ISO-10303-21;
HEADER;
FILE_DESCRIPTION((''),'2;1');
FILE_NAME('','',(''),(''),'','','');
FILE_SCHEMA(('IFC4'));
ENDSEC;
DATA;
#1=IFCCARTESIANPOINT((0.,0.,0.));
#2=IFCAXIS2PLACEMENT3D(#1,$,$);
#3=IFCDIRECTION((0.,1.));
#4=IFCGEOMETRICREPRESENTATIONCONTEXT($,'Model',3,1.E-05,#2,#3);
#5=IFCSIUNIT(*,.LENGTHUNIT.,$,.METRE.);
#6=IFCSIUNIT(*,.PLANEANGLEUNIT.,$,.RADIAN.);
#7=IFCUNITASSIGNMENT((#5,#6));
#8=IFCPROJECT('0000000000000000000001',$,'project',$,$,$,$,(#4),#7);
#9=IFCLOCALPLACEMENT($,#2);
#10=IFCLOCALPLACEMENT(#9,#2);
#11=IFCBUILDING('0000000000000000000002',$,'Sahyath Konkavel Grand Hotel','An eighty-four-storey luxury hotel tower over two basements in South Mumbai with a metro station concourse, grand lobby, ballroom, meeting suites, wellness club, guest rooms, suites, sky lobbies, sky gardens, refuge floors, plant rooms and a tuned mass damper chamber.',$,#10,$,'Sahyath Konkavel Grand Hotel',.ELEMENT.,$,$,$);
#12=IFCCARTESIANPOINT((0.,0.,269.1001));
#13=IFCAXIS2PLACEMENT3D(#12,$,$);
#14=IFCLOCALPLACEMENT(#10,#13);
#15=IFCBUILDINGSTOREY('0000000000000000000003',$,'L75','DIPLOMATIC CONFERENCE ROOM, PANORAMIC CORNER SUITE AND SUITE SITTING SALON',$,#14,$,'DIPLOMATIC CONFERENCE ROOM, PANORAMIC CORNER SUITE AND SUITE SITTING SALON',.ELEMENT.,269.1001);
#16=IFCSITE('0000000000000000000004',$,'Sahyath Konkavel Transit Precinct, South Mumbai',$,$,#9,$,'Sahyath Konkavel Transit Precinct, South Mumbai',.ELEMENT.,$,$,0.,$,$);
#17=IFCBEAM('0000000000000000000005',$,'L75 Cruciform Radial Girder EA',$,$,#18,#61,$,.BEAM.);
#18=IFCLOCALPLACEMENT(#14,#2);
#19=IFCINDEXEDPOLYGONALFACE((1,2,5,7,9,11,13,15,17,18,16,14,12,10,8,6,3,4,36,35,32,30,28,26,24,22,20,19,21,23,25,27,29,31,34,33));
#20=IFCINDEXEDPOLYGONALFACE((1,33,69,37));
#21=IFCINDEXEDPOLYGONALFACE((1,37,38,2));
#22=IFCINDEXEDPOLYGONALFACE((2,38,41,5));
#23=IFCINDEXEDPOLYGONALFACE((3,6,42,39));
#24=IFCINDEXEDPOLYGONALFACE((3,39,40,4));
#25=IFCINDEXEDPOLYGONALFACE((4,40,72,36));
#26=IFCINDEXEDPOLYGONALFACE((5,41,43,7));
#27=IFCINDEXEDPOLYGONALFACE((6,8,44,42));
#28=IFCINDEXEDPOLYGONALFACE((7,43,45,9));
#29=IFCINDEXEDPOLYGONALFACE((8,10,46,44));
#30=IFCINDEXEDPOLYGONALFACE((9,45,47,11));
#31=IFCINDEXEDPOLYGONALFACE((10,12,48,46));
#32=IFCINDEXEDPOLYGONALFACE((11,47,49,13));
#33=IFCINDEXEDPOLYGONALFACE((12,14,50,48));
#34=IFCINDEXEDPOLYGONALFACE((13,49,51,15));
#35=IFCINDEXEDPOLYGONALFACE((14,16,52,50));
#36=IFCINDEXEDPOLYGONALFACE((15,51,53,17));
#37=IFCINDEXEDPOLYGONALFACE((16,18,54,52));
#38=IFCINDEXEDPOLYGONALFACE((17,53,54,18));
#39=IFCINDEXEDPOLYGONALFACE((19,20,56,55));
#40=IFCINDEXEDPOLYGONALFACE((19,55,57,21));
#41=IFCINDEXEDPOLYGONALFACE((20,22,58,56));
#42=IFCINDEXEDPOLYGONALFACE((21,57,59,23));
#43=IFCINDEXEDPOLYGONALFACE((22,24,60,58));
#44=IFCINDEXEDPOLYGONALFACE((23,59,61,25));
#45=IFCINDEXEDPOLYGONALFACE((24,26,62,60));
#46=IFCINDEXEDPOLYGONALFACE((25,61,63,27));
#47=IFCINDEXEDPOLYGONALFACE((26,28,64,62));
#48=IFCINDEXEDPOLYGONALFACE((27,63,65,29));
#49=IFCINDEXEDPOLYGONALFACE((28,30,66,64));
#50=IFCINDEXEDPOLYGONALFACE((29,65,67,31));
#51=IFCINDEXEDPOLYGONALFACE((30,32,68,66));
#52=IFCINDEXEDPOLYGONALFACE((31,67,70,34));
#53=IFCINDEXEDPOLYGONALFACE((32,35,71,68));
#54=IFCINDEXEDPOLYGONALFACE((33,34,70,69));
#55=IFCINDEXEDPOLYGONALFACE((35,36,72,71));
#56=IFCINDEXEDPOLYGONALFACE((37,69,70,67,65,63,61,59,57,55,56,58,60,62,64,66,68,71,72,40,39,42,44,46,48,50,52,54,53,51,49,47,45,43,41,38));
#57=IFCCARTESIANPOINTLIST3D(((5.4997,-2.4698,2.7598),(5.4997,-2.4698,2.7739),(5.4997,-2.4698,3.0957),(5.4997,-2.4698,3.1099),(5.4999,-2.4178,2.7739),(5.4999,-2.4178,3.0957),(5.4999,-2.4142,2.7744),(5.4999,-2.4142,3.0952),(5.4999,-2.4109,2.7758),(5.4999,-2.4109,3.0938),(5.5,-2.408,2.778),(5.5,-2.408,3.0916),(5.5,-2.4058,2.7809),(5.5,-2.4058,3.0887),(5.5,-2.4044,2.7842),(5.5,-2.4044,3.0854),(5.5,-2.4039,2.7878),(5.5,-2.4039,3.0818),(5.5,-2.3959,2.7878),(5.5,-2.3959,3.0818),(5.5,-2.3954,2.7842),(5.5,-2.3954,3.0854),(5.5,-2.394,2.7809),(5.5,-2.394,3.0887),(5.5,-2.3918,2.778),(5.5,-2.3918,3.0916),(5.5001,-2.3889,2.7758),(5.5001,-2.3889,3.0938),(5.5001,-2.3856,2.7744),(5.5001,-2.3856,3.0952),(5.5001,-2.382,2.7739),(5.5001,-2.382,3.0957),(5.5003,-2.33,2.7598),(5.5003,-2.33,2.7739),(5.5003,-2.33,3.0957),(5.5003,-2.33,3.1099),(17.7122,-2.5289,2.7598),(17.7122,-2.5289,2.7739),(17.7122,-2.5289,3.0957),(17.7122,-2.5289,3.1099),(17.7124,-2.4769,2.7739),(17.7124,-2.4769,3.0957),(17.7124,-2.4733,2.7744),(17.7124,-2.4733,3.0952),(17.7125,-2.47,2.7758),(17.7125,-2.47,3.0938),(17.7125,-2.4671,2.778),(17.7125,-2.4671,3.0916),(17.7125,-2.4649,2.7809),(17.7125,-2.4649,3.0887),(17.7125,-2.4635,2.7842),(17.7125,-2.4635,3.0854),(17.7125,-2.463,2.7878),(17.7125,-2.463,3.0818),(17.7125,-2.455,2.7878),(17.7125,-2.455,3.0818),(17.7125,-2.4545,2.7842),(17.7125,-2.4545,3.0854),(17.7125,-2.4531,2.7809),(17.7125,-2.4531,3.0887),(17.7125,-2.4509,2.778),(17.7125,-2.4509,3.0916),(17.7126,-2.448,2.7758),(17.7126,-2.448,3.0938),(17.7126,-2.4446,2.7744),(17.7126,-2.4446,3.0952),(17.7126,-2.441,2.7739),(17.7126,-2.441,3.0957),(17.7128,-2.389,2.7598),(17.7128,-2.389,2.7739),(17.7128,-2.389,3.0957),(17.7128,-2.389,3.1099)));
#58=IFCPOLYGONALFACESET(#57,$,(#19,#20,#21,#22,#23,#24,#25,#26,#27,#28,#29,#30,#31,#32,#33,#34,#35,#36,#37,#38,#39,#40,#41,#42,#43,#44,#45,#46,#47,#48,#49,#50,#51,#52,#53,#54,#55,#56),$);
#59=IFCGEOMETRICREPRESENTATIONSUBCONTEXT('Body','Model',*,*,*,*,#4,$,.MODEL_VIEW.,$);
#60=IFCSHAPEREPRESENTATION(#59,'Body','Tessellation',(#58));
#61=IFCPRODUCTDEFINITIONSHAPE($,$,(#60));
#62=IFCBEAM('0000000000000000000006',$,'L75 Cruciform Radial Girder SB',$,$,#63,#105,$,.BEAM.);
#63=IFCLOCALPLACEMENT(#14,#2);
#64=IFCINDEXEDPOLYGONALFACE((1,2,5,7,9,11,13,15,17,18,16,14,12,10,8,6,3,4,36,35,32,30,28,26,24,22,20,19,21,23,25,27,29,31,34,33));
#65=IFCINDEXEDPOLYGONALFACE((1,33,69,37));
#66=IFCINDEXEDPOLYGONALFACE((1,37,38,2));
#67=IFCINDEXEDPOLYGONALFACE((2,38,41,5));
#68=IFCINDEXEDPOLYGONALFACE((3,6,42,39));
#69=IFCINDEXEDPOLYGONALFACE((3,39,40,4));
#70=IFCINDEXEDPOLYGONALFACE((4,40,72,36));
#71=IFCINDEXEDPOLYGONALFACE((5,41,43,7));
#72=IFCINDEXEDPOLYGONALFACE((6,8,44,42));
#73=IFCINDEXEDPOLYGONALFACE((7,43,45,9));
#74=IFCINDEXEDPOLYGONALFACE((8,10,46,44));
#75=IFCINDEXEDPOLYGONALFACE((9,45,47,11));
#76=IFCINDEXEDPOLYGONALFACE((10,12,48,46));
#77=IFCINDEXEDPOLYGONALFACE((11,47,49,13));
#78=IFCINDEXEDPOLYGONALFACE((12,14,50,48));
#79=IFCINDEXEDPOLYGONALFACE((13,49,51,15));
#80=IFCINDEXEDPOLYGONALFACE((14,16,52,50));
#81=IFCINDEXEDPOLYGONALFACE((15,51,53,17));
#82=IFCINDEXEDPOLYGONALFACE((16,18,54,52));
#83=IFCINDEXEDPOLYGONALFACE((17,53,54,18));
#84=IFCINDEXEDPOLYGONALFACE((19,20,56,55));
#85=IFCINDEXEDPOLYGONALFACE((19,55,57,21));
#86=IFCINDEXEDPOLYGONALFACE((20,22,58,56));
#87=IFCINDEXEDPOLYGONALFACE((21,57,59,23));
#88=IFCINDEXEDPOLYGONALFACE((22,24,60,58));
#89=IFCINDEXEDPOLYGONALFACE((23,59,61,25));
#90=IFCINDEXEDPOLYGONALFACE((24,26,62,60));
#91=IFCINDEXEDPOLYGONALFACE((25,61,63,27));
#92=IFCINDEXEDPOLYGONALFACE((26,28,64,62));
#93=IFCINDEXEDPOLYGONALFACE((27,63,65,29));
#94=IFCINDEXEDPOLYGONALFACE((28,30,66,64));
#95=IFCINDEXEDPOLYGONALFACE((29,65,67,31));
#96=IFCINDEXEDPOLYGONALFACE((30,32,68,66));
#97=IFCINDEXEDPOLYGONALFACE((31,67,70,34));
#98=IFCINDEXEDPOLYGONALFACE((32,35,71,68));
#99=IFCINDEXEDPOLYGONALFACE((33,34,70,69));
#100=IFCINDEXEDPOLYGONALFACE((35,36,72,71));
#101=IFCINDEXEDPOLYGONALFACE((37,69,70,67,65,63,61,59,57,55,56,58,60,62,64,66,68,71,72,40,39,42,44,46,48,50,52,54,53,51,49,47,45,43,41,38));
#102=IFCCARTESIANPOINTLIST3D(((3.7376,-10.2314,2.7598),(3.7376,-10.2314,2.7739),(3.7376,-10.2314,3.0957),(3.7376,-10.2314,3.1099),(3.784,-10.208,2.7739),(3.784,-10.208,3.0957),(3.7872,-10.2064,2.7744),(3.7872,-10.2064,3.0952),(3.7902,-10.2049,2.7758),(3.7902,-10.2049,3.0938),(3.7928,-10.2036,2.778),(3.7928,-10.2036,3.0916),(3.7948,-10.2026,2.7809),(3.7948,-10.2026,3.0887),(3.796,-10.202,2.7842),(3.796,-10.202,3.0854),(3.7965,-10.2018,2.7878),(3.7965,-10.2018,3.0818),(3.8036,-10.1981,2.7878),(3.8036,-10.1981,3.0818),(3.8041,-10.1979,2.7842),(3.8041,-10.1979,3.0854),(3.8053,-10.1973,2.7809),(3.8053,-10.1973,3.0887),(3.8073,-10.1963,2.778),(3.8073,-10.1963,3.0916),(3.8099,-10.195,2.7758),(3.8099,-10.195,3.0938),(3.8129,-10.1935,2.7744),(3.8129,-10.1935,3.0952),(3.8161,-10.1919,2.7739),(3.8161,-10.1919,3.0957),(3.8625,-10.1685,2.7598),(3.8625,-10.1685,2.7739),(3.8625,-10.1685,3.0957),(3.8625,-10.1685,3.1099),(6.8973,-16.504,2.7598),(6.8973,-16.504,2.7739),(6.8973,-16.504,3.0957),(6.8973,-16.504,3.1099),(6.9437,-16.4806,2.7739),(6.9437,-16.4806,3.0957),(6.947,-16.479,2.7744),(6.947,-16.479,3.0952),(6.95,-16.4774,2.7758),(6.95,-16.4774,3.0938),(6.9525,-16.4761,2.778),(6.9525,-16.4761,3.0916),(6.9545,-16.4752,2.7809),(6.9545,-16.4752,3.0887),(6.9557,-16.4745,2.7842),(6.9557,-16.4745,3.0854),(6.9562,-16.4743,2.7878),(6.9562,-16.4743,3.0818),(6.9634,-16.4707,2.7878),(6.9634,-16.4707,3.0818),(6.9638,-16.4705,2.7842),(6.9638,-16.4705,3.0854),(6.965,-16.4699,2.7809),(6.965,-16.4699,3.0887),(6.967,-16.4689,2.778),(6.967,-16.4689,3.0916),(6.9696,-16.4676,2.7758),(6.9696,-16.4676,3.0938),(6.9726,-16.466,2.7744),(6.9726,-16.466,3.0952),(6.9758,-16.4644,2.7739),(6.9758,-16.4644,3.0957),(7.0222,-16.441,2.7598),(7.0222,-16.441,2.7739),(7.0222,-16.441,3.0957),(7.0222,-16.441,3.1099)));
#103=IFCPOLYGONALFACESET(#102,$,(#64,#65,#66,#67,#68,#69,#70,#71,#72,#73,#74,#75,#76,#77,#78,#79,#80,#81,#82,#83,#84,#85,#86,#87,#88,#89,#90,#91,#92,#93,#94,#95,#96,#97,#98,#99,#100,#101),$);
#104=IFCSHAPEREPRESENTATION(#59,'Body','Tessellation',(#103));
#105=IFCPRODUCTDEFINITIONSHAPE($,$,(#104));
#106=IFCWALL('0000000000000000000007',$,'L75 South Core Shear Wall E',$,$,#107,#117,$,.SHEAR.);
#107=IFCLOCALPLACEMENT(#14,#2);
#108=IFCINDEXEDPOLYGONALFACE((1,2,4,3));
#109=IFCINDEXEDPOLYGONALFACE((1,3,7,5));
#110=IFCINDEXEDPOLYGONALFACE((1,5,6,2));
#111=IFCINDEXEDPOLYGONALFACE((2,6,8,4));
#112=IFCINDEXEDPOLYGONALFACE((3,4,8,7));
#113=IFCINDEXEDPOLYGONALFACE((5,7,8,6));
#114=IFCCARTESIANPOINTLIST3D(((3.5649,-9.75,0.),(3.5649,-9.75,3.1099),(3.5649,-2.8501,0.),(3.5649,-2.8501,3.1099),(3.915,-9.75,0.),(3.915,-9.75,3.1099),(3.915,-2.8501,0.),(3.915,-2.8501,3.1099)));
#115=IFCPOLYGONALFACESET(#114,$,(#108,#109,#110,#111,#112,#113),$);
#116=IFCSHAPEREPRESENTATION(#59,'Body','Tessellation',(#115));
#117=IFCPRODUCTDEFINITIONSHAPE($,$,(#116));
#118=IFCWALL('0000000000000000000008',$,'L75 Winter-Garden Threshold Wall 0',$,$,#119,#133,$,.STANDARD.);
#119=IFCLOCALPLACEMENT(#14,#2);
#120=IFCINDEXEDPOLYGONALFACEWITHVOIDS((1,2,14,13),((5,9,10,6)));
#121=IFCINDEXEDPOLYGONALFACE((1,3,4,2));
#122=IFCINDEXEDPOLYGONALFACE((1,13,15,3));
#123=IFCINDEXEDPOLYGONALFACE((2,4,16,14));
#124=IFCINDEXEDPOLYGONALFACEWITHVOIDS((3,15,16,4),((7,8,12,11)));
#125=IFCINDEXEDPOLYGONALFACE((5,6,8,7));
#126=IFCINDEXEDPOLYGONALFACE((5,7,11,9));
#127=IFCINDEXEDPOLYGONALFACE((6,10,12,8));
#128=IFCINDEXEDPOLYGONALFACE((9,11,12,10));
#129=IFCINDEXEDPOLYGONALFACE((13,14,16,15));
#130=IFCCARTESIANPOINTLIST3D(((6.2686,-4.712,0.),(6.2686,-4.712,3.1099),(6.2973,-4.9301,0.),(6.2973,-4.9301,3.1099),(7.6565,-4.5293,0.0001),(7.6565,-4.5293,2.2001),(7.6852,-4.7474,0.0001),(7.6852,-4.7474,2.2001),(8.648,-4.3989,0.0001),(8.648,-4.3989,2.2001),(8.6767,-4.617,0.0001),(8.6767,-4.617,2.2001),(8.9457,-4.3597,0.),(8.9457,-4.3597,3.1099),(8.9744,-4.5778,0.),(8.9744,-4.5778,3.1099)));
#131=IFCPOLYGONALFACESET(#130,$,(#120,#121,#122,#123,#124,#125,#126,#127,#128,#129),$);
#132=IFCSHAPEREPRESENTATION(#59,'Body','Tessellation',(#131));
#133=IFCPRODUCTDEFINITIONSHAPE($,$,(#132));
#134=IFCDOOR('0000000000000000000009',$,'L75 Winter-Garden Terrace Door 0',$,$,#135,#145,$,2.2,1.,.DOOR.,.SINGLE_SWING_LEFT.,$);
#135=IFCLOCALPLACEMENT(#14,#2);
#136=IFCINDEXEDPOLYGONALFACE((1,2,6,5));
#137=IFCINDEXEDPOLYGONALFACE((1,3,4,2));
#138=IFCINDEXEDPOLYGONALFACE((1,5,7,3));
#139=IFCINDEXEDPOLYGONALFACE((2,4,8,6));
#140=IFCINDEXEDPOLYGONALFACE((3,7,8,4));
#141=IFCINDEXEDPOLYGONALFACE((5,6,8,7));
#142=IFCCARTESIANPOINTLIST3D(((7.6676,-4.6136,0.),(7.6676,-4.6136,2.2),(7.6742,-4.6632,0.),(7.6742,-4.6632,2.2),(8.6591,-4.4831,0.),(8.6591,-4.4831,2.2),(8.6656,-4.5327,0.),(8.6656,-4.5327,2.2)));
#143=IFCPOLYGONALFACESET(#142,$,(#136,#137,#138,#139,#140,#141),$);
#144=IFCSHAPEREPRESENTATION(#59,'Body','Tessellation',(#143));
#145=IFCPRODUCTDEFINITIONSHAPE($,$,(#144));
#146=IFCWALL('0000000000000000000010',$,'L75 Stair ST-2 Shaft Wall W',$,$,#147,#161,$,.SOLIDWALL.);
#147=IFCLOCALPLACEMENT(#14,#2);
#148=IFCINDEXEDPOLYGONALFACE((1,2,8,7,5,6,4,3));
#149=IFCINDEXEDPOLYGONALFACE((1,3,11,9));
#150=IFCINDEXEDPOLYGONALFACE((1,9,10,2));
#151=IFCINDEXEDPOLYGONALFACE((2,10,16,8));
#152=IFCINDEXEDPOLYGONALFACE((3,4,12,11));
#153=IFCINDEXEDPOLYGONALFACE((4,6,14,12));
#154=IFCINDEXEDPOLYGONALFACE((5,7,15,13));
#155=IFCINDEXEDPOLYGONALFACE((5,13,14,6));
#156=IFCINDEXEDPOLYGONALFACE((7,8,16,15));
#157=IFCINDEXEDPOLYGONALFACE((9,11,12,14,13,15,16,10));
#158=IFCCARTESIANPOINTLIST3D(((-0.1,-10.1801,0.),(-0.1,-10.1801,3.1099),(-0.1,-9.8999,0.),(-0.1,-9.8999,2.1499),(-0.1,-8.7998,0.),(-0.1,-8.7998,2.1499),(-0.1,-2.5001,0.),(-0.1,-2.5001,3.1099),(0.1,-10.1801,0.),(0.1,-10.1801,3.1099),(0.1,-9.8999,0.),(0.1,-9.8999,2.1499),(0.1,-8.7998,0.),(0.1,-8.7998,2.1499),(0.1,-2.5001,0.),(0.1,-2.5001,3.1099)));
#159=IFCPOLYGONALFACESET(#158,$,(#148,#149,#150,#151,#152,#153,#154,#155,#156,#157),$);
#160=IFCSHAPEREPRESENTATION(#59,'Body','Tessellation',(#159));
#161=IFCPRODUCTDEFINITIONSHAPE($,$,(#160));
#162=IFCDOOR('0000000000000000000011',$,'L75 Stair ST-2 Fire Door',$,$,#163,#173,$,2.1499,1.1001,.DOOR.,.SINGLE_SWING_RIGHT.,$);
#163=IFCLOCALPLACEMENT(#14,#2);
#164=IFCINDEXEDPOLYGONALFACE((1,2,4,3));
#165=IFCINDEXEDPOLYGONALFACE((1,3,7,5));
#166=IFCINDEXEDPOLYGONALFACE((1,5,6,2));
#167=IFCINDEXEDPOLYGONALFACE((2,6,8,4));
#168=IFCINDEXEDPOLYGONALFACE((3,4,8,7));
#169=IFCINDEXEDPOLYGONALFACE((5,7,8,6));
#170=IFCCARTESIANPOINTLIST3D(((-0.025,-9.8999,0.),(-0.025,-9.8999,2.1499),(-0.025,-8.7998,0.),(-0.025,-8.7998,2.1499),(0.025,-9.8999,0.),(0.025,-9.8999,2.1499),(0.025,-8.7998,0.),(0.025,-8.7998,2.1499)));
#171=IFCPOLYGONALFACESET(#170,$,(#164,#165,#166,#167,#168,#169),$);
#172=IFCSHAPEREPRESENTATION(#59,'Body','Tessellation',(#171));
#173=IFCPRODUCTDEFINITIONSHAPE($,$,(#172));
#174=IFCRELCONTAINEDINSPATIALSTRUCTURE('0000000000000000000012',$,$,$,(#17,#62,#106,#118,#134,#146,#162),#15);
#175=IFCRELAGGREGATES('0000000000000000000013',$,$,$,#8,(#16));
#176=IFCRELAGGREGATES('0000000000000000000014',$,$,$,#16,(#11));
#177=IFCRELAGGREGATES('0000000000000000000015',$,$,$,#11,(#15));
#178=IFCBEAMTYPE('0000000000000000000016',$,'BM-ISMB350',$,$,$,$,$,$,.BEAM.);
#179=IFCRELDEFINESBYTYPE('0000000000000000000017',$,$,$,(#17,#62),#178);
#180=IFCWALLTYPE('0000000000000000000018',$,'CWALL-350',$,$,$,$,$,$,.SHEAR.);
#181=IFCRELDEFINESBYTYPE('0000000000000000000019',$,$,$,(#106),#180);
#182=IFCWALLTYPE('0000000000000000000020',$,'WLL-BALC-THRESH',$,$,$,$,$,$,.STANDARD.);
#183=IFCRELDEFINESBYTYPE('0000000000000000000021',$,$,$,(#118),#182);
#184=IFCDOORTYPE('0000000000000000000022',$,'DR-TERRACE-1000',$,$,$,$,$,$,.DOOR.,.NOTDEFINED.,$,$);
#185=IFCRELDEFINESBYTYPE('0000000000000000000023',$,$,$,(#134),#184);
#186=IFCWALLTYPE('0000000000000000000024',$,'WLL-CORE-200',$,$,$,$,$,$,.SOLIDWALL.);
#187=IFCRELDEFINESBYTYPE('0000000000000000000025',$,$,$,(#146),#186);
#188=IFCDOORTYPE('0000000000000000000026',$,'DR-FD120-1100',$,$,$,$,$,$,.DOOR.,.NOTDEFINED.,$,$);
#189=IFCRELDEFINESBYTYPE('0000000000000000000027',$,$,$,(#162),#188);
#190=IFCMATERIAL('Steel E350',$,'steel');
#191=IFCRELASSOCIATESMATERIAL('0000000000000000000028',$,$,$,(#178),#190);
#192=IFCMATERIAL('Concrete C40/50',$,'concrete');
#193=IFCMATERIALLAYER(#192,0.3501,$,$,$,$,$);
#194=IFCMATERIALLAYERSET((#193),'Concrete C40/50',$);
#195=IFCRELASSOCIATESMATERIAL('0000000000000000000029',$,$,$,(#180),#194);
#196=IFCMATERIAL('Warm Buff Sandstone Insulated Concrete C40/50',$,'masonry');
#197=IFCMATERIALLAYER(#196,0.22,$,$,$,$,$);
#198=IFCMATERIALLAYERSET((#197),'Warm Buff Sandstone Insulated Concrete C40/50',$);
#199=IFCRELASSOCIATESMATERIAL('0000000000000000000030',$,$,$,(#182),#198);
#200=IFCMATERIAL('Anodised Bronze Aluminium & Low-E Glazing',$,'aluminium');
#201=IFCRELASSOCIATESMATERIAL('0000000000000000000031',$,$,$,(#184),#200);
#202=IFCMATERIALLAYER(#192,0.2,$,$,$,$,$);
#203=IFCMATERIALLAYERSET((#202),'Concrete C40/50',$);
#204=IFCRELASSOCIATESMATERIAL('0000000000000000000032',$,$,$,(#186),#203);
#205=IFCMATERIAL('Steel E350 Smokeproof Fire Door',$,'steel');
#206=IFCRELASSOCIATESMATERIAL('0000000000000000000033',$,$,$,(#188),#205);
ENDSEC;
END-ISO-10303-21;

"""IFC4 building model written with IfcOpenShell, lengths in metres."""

from ifc_helpers import new_model, si_unit, direction, frame, frame_2d, origin, origin_2d, place, context, subcontext, project, spatial, rectangle, i_section, extrude, source, transform, mapped, material, layer, layer_set, material_profile, profile_set, type_object, element, fill, save


model = new_model("IFC4")

# Units and contexts
model_context = context("Model", 3, precision=1e-05, world=origin(), true_north=direction((0.0, 1.0)))
body_context = subcontext(model_context, "Body", "Model", "MODEL_VIEW")
ifc_project = project(units=[si_unit("LENGTHUNIT", "METRE"), si_unit("PLANEANGLEUNIT", "RADIAN")], contexts=[model_context])

# Site, building, storey
site_placement = place(None, origin())
site = spatial("IfcSite", under=ifc_project, at=site_placement, Name="Sahyath Konkavel Transit Precinct, South Mumbai", LongName="Sahyath Konkavel Transit Precinct, South Mumbai", CompositionType="ELEMENT", RefElevation=0.0)
building_placement = place(site_placement, origin())
building = spatial("IfcBuilding", under=site, at=building_placement, Name="Sahyath Konkavel Grand Hotel", Description="An eighty-four-storey luxury hotel tower over two basements in South Mumbai with a metro station concourse, grand lobby, ballroom, meeting suites, wellness club, guest rooms, suites, sky lobbies, sky gardens, refuge floors, plant rooms and a tuned mass damper chamber.", LongName="Sahyath Konkavel Grand Hotel", CompositionType="ELEMENT")
storey_placement = place(building_placement, frame((0.0, 0.0, 269.1001)))
storey = spatial("IfcBuildingStorey", under=building, at=storey_placement, Name="L75", Description="DIPLOMATIC CONFERENCE ROOM, PANORAMIC CORNER SUITE AND SUITE SITTING SALON", LongName="DIPLOMATIC CONFERENCE ROOM, PANORAMIC CORNER SUITE AND SUITE SITTING SALON", CompositionType="ELEMENT", Elevation=269.1001)

# Shared definitions
ifc_material_1 = material(Name="Concrete C40/50", Category="concrete")

# Beams
ifc_material_2 = material(Name="Steel E350", Category="steel")
ifc_material_profile_1 = material_profile(ifc_material_2, i_section(OverallWidth=0.1399, OverallDepth=0.3501, WebThickness=0.0081, FlangeThickness=0.0142, FilletRadius=0.0139, at=origin_2d()), Name="ISMB 350")
ifc_profile_set_1 = profile_set([ifc_material_profile_1], Name="Steel E350")
beam_type_1 = type_object("IfcBeamType", Name="BM-ISMB350", PredefinedType="BEAM", material=ifc_profile_set_1)
shared_shape_1 = source(origin(), body_context, "Body", "SweptSolid", [
    extrude(i_section(OverallWidth=0.1399, OverallDepth=0.3501, WebThickness=0.0081, FlangeThickness=0.0142, FilletRadius=0.0139, at=origin_2d()), origin(), (0.0, 0.0, 1.0), 12.2126),
])
beam_1_placement = place(storey_placement, frame((5.5, -2.3999, 2.9348), z_axis=(0.999988, -0.004838, 0.0), x_axis=(0.004838, 0.999988, 0.0)))
element("IfcBeam", 1, at=beam_1_placement, inside=storey, type_object=beam_type_1, Name="L75 Cruciform Radial Girder EA", PredefinedType="BEAM", context=body_context, shape_type="MappedRepresentation", body=[
    mapped(shared_shape_1, transform((0.0, 0.0, 0.0), scale=1.0)),
])
shared_shape_2 = source(origin(), body_context, "Body", "SweptSolid", [
    extrude(i_section(OverallWidth=0.1399, OverallDepth=0.3501, WebThickness=0.0081, FlangeThickness=0.0142, FilletRadius=0.0139, at=origin_2d()), origin(), (0.0, 0.0, 1.0), 7.0234),
])
beam_2_placement = place(storey_placement, frame((3.8, -10.2, 2.9348), z_axis=(0.449881, -0.893088, 0.0), x_axis=(0.893088, 0.449881, 0.0)))
element("IfcBeam", 2, at=beam_2_placement, inside=storey, type_object=beam_type_1, Name="L75 Cruciform Radial Girder SB", PredefinedType="BEAM", context=body_context, shape_type="MappedRepresentation", body=[
    mapped(shared_shape_2, transform((0.0, 0.0, 0.0), scale=1.0)),
])

# Wall
ifc_layer_1 = layer(ifc_material_1, 0.3501)
ifc_layer_set_1 = layer_set([ifc_layer_1], Name="Concrete C40/50")
wall_type_1 = type_object("IfcWallType", Name="CWALL-350", PredefinedType="SHEAR", material=ifc_layer_set_1)
wall_1_placement = place(storey_placement, frame((3.74, -9.75, 0.0), z_axis=(0.0, 0.0, 1.0), x_axis=(0.0, 1.0, 0.0)))
element("IfcWall", 3, at=wall_1_placement, inside=storey, type_object=wall_type_1, Name="L75 South Core Shear Wall E", PredefinedType="SHEAR", context=body_context, shape_type="SweptSolid", body=[
    extrude(rectangle(XDim=6.8999, YDim=0.3501, at=frame_2d((3.45, 0.0))), origin(), (0.0, 0.0, 1.0), 3.1099),
])

# Walls, openings, doors
ifc_material_3 = material(Name="Warm Buff Sandstone Insulated Concrete C40/50", Category="masonry")
ifc_layer_2 = layer(ifc_material_3, 0.22)
ifc_layer_set_2 = layer_set([ifc_layer_2], Name="Warm Buff Sandstone Insulated Concrete C40/50")
wall_type_2 = type_object("IfcWallType", Name="WLL-BALC-THRESH", PredefinedType="STANDARD", material=ifc_layer_set_2)
wall_2_placement = place(storey_placement, frame((6.283, -4.821, 0.0), z_axis=(0.0, 0.0, 1.0), x_axis=(0.991452, 0.130476, 0.0)))
wall_2 = element("IfcWall", 4, at=wall_2_placement, inside=storey, type_object=wall_type_2, Name="L75 Winter-Garden Threshold Wall 0", PredefinedType="STANDARD", context=body_context, shape_type="SweptSolid", body=[
    extrude(rectangle(XDim=2.7002, YDim=0.22, at=frame_2d((1.3501, 0.0))), origin(), (0.0, 0.0, 1.0), 3.1099),
])
opening_1_placement = place(wall_2_placement, frame((1.3999, 0.0, 0.0)))
opening_1 = element("IfcOpeningElement", 5, at=opening_1_placement, cuts=wall_2, PredefinedType="OPENING", context=body_context, shape_type="SweptSolid", body=[
    extrude(rectangle(XDim=1.0, YDim=2.2, at=frame_2d((0.5, 1.1001))), frame((0.0, 0.1201, 0.0), z_axis=(0.0, -1.0, 0.0), x_axis=(1.0, 0.0, 0.0)), (0.0, 0.0, 1.0), 0.24),
])
ifc_material_4 = material(Name="Anodised Bronze Aluminium & Low-E Glazing", Category="aluminium")
door_type_1 = type_object("IfcDoorType", Name="DR-TERRACE-1000", OperationType="NOTDEFINED", PredefinedType="DOOR", material=ifc_material_4)
shared_shape_3 = source(origin(), body_context, "Body", "SweptSolid", [
    extrude(rectangle(XDim=1.0, YDim=0.05, at=origin_2d()), origin(), (0.0, 0.0, 1.0), 2.2),
])
door_1_placement = place(opening_1_placement, frame((0.5, 0.0, 0.0)))
door_1 = element("IfcDoor", 6, at=door_1_placement, inside=storey, type_object=door_type_1, Name="L75 Winter-Garden Terrace Door 0", OperationType="SINGLE_SWING_LEFT", OverallHeight=2.2, OverallWidth=1.0, PredefinedType="DOOR", context=body_context, shape_type="MappedRepresentation", body=[
    mapped(shared_shape_3, transform((0.0, 0.0, 0.0), scale=1.0)),
])
fill(opening_1, door_1)
ifc_layer_3 = layer(ifc_material_1, 0.2)
ifc_layer_set_3 = layer_set([ifc_layer_3], Name="Concrete C40/50")
wall_type_3 = type_object("IfcWallType", Name="WLL-CORE-200", PredefinedType="SOLIDWALL", material=ifc_layer_set_3)
wall_3_placement = place(storey_placement, frame((0.0, -10.1799, 0.0), z_axis=(0.0, 0.0, 1.0), x_axis=(0.0, 1.0, 0.0)))
wall_3 = element("IfcWall", 7, at=wall_3_placement, inside=storey, type_object=wall_type_3, Name="L75 Stair ST-2 Shaft Wall W", PredefinedType="SOLIDWALL", context=body_context, shape_type="SweptSolid", body=[
    extrude(rectangle(XDim=7.6799, YDim=0.2, at=frame_2d((3.8398, 0.0))), origin(), (0.0, 0.0, 1.0), 3.1099),
])
opening_2_placement = place(wall_3_placement, frame((0.28, 0.0, 0.0)))
opening_2 = element("IfcOpeningElement", 8, at=opening_2_placement, cuts=wall_3, PredefinedType="OPENING", context=body_context, shape_type="SweptSolid", body=[
    extrude(rectangle(XDim=1.1001, YDim=2.1499, at=frame_2d((0.55, 1.075))), frame((0.0, 0.1099, 0.0), z_axis=(0.0, -1.0, 0.0), x_axis=(1.0, 0.0, 0.0)), (0.0, 0.0, 1.0), 0.22),
])
ifc_material_5 = material(Name="Steel E350 Smokeproof Fire Door", Category="steel")
door_type_2 = type_object("IfcDoorType", Name="DR-FD120-1100", OperationType="NOTDEFINED", PredefinedType="DOOR", material=ifc_material_5)
shared_shape_4 = source(origin(), body_context, "Body", "SweptSolid", [
    extrude(rectangle(XDim=1.1001, YDim=0.05, at=origin_2d()), origin(), (0.0, 0.0, 1.0), 2.1499),
])
door_2_placement = place(opening_2_placement, frame((0.55, 0.0, 0.0)))
door_2 = element("IfcDoor", 9, at=door_2_placement, inside=storey, type_object=door_type_2, Name="L75 Stair ST-2 Fire Door", OperationType="SINGLE_SWING_RIGHT", OverallHeight=2.1499, OverallWidth=1.1001, PredefinedType="DOOR", context=body_context, shape_type="MappedRepresentation", body=[
    mapped(shared_shape_4, transform((0.0, 0.0, 0.0), scale=1.0)),
])
fill(opening_2, door_2)

save(model, "model.ifc")
